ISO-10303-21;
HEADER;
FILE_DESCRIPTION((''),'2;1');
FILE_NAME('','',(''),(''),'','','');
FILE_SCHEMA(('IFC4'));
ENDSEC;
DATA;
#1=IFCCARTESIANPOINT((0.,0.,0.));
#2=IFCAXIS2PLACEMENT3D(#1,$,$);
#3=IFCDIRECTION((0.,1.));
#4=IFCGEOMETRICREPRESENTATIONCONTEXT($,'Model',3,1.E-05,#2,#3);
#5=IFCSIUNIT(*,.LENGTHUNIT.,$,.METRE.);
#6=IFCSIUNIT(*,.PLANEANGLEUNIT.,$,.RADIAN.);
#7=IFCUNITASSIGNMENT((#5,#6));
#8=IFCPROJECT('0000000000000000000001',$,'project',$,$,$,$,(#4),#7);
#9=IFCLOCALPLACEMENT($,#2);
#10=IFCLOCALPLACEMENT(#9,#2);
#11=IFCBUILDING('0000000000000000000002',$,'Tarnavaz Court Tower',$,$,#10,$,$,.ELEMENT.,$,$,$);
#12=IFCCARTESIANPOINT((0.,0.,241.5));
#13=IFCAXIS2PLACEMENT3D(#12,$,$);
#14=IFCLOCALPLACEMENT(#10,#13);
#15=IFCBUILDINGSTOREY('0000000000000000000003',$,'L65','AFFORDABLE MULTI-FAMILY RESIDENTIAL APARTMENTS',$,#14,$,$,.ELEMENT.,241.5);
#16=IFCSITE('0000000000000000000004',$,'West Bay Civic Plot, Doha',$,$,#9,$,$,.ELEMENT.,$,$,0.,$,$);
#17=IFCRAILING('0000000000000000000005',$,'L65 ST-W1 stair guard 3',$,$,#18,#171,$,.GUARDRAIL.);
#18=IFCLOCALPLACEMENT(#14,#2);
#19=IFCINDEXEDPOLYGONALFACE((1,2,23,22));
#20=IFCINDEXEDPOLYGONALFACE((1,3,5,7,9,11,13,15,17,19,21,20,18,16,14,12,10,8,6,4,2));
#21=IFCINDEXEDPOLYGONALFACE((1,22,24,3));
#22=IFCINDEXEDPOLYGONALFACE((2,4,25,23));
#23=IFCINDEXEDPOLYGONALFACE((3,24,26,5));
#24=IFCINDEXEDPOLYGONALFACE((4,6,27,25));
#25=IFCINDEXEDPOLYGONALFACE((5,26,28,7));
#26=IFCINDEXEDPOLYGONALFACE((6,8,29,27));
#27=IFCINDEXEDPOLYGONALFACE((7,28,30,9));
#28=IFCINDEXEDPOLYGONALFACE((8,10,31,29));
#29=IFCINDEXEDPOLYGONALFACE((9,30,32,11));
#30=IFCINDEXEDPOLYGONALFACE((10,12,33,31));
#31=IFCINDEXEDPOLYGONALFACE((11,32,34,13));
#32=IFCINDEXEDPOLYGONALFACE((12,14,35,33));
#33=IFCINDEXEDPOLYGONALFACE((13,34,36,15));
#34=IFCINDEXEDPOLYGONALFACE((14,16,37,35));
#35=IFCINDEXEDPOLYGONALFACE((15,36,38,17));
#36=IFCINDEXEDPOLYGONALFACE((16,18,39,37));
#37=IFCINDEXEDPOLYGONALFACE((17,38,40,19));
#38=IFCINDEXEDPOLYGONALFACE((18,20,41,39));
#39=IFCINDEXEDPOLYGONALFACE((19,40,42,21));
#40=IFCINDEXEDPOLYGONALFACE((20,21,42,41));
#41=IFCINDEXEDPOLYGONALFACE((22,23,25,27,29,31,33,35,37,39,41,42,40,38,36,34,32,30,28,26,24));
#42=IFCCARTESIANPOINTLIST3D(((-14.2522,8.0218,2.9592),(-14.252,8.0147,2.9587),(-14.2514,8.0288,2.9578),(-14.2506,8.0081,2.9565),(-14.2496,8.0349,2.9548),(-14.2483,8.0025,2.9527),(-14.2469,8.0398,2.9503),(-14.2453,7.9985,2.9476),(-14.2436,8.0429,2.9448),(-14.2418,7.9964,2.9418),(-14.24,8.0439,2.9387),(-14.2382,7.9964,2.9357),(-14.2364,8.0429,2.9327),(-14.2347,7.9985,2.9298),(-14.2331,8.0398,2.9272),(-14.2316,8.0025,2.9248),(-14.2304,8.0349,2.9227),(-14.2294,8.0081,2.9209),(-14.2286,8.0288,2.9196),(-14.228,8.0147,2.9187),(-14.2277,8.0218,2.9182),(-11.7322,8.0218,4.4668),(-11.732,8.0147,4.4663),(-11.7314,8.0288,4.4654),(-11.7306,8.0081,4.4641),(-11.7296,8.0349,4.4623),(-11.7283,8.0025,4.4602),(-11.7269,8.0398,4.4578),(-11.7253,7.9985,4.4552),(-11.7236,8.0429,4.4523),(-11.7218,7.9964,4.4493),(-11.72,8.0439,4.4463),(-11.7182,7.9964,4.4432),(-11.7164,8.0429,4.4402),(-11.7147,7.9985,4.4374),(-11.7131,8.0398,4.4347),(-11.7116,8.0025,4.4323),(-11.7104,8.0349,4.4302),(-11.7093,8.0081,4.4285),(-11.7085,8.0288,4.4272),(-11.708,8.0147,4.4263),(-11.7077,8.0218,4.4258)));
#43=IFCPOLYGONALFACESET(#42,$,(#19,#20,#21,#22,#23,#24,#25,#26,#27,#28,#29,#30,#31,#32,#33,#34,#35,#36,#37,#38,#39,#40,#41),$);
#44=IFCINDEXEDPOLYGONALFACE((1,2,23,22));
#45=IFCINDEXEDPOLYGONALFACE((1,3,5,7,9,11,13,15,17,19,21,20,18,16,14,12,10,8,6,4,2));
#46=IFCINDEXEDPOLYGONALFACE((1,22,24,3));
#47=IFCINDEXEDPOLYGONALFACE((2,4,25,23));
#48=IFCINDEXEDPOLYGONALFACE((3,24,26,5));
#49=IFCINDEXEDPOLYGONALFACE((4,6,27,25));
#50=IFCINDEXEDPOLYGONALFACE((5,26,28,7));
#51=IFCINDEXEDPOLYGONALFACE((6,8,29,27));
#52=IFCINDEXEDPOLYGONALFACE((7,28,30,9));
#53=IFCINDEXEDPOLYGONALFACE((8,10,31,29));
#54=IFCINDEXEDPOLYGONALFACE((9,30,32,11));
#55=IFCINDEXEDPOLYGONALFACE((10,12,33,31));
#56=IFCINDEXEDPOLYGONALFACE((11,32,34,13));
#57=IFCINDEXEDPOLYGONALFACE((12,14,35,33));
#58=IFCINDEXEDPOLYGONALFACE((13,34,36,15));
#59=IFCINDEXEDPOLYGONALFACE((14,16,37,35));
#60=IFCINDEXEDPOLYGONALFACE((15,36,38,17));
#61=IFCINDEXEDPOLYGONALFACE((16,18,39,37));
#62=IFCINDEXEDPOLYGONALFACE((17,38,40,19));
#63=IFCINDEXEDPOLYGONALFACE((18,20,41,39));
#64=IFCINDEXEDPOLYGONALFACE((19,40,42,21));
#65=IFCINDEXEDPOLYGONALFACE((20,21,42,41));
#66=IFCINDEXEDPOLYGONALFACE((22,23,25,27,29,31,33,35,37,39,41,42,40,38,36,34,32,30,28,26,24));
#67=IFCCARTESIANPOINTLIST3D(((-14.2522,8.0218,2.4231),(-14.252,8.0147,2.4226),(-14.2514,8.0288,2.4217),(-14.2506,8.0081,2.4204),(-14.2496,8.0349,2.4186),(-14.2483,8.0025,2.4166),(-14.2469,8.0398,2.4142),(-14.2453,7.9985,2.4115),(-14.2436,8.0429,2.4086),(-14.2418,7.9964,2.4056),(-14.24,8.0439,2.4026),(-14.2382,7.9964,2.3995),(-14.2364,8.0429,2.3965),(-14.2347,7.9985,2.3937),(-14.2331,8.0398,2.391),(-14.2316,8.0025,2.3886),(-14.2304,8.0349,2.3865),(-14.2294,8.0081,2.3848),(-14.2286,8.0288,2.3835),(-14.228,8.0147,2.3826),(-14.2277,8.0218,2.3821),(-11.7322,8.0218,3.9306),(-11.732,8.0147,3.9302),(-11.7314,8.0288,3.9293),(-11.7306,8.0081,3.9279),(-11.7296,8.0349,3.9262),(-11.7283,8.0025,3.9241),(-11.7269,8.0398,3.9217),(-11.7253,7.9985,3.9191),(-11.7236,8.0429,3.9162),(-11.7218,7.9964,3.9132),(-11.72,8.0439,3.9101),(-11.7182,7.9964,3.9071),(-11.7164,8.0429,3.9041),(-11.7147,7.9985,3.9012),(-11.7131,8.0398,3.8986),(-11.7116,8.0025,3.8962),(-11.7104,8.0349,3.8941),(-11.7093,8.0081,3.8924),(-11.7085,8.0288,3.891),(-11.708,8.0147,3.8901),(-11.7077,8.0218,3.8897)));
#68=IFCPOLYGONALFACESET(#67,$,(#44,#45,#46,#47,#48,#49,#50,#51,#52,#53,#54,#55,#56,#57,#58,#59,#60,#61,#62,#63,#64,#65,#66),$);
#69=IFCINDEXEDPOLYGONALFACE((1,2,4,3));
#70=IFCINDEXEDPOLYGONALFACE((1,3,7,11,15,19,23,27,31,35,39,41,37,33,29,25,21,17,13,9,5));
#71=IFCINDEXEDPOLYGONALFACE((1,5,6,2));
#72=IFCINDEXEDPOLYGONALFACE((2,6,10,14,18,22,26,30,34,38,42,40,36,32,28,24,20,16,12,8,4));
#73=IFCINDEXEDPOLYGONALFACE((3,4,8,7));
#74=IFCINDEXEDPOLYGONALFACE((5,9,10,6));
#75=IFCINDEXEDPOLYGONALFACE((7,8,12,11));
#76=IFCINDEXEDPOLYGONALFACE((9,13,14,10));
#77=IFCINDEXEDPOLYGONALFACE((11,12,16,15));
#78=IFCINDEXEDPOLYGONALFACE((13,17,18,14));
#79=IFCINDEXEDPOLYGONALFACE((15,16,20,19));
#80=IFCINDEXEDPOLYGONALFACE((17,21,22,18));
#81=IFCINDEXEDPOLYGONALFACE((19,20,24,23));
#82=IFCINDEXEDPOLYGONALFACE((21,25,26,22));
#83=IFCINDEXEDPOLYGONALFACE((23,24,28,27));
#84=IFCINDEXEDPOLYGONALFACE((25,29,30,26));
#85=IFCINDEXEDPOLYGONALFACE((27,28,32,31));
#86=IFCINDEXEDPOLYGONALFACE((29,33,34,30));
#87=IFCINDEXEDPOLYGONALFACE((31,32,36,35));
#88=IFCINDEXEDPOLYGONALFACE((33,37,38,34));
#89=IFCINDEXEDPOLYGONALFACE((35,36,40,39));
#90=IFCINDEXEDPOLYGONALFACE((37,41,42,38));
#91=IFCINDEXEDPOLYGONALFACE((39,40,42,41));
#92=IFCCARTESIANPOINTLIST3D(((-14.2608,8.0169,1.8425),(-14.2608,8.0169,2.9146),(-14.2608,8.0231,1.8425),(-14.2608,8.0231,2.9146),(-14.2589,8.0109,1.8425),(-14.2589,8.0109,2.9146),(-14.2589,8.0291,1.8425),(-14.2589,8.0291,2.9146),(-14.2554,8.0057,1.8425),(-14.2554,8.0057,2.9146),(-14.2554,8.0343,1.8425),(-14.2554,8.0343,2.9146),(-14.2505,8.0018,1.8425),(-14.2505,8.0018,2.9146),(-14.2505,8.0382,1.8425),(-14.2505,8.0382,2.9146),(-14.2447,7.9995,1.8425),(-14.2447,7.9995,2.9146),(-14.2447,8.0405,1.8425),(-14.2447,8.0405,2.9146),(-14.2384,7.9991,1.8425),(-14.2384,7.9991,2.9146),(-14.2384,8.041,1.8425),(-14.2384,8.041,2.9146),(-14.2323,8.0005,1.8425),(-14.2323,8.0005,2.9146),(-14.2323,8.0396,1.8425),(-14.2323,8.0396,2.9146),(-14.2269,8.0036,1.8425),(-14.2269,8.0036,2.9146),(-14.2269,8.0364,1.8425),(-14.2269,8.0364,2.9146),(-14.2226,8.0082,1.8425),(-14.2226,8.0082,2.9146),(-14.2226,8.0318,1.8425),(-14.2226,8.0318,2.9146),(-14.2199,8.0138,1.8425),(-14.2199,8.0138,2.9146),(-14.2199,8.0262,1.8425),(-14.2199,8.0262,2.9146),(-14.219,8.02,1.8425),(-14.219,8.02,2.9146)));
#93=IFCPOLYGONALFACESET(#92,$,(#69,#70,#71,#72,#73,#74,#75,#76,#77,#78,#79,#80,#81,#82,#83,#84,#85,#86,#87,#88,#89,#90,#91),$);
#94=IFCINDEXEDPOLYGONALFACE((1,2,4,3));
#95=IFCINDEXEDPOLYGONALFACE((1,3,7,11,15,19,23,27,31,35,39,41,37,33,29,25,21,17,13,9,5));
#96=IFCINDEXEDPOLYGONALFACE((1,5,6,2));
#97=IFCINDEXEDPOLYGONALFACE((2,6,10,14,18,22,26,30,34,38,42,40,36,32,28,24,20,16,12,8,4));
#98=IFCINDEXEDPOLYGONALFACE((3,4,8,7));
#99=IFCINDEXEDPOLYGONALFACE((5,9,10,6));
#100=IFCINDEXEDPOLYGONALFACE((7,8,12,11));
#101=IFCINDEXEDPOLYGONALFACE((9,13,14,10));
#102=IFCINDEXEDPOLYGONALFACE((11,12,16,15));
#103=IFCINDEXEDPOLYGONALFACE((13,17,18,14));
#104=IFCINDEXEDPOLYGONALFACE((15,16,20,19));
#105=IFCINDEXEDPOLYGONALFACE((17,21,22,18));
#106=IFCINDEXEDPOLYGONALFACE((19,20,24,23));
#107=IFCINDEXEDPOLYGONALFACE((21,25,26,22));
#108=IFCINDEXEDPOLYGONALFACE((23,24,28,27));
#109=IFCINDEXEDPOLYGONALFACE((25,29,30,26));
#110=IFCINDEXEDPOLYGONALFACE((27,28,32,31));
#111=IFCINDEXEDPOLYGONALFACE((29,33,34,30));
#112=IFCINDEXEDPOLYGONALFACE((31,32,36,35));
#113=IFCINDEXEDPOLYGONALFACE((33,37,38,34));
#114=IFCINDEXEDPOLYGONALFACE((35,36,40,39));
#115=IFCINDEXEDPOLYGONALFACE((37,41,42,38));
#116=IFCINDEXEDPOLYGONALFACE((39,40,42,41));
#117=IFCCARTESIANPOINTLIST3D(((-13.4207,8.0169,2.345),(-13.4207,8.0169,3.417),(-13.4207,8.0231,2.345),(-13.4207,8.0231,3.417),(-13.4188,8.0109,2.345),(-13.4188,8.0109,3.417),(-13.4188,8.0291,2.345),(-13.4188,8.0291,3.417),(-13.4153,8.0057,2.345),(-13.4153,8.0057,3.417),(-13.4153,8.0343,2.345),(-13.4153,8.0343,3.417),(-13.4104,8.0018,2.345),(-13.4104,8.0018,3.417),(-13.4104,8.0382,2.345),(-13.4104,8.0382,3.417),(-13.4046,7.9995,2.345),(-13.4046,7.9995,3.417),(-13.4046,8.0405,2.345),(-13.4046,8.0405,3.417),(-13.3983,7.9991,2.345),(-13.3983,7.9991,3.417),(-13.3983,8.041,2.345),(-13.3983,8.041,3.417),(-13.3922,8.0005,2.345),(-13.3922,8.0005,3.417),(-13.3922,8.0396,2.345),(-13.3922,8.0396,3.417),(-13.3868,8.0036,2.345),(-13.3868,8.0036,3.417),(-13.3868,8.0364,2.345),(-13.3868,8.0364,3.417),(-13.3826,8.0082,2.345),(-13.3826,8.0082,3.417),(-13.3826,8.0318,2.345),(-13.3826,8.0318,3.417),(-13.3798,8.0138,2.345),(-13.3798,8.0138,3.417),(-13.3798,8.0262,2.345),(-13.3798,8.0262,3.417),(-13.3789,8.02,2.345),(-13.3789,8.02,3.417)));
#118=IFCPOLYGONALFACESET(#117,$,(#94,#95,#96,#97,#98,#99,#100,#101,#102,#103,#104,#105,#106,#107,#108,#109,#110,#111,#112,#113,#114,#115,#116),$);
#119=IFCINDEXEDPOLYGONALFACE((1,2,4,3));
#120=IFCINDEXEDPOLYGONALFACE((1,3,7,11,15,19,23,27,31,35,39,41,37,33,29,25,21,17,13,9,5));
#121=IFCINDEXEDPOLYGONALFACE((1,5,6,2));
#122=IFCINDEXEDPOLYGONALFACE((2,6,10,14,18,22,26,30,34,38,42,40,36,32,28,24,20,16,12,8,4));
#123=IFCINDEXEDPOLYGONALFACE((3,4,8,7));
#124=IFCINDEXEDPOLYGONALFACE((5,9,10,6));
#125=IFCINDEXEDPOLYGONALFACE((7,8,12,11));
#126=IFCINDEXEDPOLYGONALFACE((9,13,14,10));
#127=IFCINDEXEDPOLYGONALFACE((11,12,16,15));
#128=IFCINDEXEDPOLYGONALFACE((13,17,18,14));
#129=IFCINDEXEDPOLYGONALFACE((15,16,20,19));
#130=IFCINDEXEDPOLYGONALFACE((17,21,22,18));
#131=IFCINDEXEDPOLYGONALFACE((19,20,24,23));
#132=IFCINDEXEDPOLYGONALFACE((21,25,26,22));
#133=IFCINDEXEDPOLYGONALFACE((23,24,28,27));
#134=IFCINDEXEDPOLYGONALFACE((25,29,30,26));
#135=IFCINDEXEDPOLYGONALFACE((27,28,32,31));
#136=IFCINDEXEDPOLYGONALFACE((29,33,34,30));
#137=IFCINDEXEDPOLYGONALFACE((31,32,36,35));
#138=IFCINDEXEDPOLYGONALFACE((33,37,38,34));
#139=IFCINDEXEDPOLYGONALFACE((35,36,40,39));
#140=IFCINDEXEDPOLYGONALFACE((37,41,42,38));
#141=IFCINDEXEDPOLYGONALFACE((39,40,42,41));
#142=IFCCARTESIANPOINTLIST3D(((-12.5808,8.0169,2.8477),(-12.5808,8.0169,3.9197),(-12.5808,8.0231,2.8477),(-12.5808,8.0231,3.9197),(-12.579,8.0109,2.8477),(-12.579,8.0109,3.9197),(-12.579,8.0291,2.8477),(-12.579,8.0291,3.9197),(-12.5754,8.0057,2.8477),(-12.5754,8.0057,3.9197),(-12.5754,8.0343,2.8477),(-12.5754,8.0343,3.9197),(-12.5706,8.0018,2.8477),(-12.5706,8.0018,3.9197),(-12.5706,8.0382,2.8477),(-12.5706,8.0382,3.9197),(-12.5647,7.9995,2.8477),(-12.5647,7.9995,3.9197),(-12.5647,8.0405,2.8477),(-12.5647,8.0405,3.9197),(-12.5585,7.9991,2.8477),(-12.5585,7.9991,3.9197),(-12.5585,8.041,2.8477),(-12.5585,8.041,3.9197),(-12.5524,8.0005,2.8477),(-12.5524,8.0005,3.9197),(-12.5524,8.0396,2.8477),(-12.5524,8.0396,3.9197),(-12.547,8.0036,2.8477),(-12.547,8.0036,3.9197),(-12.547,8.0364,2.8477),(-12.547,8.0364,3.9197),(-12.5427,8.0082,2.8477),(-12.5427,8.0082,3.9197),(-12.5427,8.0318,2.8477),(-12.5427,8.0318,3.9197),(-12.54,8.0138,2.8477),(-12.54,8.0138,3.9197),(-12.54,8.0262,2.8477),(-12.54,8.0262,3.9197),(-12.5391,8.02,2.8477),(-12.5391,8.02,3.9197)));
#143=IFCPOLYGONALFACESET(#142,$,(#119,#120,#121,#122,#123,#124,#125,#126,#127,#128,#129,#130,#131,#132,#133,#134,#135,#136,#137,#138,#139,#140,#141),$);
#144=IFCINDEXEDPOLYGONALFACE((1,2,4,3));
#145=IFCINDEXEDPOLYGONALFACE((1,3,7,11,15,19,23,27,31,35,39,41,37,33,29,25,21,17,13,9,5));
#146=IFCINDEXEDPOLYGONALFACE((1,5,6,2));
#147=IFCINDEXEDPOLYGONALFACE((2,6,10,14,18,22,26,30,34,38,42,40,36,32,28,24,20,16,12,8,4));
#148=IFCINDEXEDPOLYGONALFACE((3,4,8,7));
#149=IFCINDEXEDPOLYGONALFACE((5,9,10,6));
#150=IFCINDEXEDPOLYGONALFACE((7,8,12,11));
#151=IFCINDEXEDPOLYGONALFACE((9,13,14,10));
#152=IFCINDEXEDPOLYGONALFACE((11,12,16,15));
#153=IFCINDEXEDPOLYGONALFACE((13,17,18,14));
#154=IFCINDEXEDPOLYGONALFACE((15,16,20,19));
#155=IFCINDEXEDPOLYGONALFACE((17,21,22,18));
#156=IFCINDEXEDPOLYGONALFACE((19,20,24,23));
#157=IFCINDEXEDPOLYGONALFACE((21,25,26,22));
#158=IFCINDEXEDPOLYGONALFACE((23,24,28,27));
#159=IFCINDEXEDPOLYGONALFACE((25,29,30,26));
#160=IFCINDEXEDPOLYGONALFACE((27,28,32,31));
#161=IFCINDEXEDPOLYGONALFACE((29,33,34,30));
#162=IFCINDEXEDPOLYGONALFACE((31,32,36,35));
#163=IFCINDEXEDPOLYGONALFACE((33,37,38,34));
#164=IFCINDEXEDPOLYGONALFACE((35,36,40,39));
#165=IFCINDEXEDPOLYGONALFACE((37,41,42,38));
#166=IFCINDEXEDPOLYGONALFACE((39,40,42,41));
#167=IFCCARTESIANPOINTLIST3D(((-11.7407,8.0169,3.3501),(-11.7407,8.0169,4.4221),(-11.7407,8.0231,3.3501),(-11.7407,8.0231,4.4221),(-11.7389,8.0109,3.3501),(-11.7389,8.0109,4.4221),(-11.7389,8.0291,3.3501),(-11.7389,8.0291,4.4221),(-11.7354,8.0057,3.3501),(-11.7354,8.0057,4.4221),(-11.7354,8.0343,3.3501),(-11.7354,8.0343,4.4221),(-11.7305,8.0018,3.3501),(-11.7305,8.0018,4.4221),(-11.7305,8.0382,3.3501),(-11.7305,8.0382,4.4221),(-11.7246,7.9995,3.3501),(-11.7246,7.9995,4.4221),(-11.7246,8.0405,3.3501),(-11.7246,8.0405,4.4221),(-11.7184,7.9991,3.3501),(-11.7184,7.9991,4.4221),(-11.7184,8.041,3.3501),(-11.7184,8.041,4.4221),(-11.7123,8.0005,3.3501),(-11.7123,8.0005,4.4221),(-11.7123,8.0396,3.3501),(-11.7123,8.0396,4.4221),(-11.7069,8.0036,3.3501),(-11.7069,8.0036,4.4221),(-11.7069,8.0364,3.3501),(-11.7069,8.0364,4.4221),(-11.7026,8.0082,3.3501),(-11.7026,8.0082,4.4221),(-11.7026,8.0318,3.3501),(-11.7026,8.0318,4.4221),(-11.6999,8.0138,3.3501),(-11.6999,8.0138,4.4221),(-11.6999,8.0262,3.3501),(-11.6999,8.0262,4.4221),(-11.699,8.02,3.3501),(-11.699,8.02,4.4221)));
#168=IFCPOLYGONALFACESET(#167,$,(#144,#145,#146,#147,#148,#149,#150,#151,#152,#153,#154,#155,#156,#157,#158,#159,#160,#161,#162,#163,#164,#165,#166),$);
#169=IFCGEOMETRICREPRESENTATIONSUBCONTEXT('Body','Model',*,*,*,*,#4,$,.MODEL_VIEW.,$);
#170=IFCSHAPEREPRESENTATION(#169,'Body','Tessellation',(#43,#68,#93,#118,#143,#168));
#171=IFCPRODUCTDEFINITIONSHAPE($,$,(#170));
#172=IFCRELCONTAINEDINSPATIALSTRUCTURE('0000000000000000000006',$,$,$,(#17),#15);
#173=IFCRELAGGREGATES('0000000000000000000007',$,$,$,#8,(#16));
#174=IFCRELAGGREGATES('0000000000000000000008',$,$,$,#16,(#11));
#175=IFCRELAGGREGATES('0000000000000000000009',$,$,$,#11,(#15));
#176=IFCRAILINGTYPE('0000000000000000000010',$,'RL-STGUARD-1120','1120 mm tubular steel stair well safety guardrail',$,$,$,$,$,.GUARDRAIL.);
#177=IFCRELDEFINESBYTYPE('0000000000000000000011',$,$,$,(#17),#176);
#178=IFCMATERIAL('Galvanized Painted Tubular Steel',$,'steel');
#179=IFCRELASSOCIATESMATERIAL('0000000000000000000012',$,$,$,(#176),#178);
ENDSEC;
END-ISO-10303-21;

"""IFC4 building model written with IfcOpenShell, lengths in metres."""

from ifc_helpers import new_model, si_unit, direction, frame, origin, origin_2d, place, context, subcontext, project, spatial, circle, extrude, material, type_object, element, save


model = new_model("IFC4")

# Units and contexts
model_context = context("Model", 3, precision=1e-05, world=origin(), true_north=direction((0.0, 1.0)))
body_context = subcontext(model_context, "Body", "Model", "MODEL_VIEW")
ifc_project = project(units=[si_unit("LENGTHUNIT", "METRE"), si_unit("PLANEANGLEUNIT", "RADIAN")], contexts=[model_context])

# Site, building, storey
site_placement = place(None, origin())
site = spatial("IfcSite", under=ifc_project, at=site_placement, Name="West Bay Civic Plot, Doha", CompositionType="ELEMENT", RefElevation=0.0)
building_placement = place(site_placement, origin())
building = spatial("IfcBuilding", under=site, at=building_placement, Name="Tarnavaz Court Tower", CompositionType="ELEMENT")
storey_placement = place(building_placement, frame((0.0, 0.0, 241.5)))
storey = spatial("IfcBuildingStorey", under=building, at=storey_placement, Name="L65", Description="AFFORDABLE MULTI-FAMILY RESIDENTIAL APARTMENTS", CompositionType="ELEMENT", Elevation=241.5)

# Railing
ifc_material_1 = material(Name="Galvanized Painted Tubular Steel", Category="steel")
railing_type_1 = type_object("IfcRailingType", Name="RL-STGUARD-1120", Description="1120 mm tubular steel stair well safety guardrail", PredefinedType="GUARDRAIL", material=ifc_material_1)
railing_1_placement = place(storey_placement, frame((-14.24, 8.02, 1.8425)))
element("IfcRailing", 1, at=railing_1_placement, inside=storey, type_object=railing_type_1, Name="L65 ST-W1 stair guard 3", PredefinedType="GUARDRAIL", context=body_context, shape_type="SweptSolid", body=[
    extrude(circle(Radius=0.0239, at=origin_2d()), frame((0.0, 0.0, 1.0962), z_axis=(0.85816, 0.0, 0.513383), x_axis=(0.0, 1.0, 0.0)), (0.0, 0.0, 1.0), 2.9365),
    extrude(circle(Radius=0.0239, at=origin_2d()), frame((0.0, 0.0, 0.5601), z_axis=(0.85816, 0.0, 0.513383), x_axis=(0.0, 1.0, 0.0)), (0.0, 0.0, 1.0), 2.9365),
    extrude(circle(Radius=0.021, at=origin_2d()), origin(), (0.0, 0.0, 1.0), 1.072),
    extrude(circle(Radius=0.021, at=origin_2d()), frame((0.8401, 0.0, 0.5024)), (0.0, 0.0, 1.0), 1.072),
    extrude(circle(Radius=0.021, at=origin_2d()), frame((1.6799, 0.0, 1.0051)), (0.0, 0.0, 1.0), 1.072),
    extrude(circle(Radius=0.021, at=origin_2d()), frame((2.52, 0.0, 1.5076)), (0.0, 0.0, 1.0), 1.072),
])

save(model, "model.ifc")
